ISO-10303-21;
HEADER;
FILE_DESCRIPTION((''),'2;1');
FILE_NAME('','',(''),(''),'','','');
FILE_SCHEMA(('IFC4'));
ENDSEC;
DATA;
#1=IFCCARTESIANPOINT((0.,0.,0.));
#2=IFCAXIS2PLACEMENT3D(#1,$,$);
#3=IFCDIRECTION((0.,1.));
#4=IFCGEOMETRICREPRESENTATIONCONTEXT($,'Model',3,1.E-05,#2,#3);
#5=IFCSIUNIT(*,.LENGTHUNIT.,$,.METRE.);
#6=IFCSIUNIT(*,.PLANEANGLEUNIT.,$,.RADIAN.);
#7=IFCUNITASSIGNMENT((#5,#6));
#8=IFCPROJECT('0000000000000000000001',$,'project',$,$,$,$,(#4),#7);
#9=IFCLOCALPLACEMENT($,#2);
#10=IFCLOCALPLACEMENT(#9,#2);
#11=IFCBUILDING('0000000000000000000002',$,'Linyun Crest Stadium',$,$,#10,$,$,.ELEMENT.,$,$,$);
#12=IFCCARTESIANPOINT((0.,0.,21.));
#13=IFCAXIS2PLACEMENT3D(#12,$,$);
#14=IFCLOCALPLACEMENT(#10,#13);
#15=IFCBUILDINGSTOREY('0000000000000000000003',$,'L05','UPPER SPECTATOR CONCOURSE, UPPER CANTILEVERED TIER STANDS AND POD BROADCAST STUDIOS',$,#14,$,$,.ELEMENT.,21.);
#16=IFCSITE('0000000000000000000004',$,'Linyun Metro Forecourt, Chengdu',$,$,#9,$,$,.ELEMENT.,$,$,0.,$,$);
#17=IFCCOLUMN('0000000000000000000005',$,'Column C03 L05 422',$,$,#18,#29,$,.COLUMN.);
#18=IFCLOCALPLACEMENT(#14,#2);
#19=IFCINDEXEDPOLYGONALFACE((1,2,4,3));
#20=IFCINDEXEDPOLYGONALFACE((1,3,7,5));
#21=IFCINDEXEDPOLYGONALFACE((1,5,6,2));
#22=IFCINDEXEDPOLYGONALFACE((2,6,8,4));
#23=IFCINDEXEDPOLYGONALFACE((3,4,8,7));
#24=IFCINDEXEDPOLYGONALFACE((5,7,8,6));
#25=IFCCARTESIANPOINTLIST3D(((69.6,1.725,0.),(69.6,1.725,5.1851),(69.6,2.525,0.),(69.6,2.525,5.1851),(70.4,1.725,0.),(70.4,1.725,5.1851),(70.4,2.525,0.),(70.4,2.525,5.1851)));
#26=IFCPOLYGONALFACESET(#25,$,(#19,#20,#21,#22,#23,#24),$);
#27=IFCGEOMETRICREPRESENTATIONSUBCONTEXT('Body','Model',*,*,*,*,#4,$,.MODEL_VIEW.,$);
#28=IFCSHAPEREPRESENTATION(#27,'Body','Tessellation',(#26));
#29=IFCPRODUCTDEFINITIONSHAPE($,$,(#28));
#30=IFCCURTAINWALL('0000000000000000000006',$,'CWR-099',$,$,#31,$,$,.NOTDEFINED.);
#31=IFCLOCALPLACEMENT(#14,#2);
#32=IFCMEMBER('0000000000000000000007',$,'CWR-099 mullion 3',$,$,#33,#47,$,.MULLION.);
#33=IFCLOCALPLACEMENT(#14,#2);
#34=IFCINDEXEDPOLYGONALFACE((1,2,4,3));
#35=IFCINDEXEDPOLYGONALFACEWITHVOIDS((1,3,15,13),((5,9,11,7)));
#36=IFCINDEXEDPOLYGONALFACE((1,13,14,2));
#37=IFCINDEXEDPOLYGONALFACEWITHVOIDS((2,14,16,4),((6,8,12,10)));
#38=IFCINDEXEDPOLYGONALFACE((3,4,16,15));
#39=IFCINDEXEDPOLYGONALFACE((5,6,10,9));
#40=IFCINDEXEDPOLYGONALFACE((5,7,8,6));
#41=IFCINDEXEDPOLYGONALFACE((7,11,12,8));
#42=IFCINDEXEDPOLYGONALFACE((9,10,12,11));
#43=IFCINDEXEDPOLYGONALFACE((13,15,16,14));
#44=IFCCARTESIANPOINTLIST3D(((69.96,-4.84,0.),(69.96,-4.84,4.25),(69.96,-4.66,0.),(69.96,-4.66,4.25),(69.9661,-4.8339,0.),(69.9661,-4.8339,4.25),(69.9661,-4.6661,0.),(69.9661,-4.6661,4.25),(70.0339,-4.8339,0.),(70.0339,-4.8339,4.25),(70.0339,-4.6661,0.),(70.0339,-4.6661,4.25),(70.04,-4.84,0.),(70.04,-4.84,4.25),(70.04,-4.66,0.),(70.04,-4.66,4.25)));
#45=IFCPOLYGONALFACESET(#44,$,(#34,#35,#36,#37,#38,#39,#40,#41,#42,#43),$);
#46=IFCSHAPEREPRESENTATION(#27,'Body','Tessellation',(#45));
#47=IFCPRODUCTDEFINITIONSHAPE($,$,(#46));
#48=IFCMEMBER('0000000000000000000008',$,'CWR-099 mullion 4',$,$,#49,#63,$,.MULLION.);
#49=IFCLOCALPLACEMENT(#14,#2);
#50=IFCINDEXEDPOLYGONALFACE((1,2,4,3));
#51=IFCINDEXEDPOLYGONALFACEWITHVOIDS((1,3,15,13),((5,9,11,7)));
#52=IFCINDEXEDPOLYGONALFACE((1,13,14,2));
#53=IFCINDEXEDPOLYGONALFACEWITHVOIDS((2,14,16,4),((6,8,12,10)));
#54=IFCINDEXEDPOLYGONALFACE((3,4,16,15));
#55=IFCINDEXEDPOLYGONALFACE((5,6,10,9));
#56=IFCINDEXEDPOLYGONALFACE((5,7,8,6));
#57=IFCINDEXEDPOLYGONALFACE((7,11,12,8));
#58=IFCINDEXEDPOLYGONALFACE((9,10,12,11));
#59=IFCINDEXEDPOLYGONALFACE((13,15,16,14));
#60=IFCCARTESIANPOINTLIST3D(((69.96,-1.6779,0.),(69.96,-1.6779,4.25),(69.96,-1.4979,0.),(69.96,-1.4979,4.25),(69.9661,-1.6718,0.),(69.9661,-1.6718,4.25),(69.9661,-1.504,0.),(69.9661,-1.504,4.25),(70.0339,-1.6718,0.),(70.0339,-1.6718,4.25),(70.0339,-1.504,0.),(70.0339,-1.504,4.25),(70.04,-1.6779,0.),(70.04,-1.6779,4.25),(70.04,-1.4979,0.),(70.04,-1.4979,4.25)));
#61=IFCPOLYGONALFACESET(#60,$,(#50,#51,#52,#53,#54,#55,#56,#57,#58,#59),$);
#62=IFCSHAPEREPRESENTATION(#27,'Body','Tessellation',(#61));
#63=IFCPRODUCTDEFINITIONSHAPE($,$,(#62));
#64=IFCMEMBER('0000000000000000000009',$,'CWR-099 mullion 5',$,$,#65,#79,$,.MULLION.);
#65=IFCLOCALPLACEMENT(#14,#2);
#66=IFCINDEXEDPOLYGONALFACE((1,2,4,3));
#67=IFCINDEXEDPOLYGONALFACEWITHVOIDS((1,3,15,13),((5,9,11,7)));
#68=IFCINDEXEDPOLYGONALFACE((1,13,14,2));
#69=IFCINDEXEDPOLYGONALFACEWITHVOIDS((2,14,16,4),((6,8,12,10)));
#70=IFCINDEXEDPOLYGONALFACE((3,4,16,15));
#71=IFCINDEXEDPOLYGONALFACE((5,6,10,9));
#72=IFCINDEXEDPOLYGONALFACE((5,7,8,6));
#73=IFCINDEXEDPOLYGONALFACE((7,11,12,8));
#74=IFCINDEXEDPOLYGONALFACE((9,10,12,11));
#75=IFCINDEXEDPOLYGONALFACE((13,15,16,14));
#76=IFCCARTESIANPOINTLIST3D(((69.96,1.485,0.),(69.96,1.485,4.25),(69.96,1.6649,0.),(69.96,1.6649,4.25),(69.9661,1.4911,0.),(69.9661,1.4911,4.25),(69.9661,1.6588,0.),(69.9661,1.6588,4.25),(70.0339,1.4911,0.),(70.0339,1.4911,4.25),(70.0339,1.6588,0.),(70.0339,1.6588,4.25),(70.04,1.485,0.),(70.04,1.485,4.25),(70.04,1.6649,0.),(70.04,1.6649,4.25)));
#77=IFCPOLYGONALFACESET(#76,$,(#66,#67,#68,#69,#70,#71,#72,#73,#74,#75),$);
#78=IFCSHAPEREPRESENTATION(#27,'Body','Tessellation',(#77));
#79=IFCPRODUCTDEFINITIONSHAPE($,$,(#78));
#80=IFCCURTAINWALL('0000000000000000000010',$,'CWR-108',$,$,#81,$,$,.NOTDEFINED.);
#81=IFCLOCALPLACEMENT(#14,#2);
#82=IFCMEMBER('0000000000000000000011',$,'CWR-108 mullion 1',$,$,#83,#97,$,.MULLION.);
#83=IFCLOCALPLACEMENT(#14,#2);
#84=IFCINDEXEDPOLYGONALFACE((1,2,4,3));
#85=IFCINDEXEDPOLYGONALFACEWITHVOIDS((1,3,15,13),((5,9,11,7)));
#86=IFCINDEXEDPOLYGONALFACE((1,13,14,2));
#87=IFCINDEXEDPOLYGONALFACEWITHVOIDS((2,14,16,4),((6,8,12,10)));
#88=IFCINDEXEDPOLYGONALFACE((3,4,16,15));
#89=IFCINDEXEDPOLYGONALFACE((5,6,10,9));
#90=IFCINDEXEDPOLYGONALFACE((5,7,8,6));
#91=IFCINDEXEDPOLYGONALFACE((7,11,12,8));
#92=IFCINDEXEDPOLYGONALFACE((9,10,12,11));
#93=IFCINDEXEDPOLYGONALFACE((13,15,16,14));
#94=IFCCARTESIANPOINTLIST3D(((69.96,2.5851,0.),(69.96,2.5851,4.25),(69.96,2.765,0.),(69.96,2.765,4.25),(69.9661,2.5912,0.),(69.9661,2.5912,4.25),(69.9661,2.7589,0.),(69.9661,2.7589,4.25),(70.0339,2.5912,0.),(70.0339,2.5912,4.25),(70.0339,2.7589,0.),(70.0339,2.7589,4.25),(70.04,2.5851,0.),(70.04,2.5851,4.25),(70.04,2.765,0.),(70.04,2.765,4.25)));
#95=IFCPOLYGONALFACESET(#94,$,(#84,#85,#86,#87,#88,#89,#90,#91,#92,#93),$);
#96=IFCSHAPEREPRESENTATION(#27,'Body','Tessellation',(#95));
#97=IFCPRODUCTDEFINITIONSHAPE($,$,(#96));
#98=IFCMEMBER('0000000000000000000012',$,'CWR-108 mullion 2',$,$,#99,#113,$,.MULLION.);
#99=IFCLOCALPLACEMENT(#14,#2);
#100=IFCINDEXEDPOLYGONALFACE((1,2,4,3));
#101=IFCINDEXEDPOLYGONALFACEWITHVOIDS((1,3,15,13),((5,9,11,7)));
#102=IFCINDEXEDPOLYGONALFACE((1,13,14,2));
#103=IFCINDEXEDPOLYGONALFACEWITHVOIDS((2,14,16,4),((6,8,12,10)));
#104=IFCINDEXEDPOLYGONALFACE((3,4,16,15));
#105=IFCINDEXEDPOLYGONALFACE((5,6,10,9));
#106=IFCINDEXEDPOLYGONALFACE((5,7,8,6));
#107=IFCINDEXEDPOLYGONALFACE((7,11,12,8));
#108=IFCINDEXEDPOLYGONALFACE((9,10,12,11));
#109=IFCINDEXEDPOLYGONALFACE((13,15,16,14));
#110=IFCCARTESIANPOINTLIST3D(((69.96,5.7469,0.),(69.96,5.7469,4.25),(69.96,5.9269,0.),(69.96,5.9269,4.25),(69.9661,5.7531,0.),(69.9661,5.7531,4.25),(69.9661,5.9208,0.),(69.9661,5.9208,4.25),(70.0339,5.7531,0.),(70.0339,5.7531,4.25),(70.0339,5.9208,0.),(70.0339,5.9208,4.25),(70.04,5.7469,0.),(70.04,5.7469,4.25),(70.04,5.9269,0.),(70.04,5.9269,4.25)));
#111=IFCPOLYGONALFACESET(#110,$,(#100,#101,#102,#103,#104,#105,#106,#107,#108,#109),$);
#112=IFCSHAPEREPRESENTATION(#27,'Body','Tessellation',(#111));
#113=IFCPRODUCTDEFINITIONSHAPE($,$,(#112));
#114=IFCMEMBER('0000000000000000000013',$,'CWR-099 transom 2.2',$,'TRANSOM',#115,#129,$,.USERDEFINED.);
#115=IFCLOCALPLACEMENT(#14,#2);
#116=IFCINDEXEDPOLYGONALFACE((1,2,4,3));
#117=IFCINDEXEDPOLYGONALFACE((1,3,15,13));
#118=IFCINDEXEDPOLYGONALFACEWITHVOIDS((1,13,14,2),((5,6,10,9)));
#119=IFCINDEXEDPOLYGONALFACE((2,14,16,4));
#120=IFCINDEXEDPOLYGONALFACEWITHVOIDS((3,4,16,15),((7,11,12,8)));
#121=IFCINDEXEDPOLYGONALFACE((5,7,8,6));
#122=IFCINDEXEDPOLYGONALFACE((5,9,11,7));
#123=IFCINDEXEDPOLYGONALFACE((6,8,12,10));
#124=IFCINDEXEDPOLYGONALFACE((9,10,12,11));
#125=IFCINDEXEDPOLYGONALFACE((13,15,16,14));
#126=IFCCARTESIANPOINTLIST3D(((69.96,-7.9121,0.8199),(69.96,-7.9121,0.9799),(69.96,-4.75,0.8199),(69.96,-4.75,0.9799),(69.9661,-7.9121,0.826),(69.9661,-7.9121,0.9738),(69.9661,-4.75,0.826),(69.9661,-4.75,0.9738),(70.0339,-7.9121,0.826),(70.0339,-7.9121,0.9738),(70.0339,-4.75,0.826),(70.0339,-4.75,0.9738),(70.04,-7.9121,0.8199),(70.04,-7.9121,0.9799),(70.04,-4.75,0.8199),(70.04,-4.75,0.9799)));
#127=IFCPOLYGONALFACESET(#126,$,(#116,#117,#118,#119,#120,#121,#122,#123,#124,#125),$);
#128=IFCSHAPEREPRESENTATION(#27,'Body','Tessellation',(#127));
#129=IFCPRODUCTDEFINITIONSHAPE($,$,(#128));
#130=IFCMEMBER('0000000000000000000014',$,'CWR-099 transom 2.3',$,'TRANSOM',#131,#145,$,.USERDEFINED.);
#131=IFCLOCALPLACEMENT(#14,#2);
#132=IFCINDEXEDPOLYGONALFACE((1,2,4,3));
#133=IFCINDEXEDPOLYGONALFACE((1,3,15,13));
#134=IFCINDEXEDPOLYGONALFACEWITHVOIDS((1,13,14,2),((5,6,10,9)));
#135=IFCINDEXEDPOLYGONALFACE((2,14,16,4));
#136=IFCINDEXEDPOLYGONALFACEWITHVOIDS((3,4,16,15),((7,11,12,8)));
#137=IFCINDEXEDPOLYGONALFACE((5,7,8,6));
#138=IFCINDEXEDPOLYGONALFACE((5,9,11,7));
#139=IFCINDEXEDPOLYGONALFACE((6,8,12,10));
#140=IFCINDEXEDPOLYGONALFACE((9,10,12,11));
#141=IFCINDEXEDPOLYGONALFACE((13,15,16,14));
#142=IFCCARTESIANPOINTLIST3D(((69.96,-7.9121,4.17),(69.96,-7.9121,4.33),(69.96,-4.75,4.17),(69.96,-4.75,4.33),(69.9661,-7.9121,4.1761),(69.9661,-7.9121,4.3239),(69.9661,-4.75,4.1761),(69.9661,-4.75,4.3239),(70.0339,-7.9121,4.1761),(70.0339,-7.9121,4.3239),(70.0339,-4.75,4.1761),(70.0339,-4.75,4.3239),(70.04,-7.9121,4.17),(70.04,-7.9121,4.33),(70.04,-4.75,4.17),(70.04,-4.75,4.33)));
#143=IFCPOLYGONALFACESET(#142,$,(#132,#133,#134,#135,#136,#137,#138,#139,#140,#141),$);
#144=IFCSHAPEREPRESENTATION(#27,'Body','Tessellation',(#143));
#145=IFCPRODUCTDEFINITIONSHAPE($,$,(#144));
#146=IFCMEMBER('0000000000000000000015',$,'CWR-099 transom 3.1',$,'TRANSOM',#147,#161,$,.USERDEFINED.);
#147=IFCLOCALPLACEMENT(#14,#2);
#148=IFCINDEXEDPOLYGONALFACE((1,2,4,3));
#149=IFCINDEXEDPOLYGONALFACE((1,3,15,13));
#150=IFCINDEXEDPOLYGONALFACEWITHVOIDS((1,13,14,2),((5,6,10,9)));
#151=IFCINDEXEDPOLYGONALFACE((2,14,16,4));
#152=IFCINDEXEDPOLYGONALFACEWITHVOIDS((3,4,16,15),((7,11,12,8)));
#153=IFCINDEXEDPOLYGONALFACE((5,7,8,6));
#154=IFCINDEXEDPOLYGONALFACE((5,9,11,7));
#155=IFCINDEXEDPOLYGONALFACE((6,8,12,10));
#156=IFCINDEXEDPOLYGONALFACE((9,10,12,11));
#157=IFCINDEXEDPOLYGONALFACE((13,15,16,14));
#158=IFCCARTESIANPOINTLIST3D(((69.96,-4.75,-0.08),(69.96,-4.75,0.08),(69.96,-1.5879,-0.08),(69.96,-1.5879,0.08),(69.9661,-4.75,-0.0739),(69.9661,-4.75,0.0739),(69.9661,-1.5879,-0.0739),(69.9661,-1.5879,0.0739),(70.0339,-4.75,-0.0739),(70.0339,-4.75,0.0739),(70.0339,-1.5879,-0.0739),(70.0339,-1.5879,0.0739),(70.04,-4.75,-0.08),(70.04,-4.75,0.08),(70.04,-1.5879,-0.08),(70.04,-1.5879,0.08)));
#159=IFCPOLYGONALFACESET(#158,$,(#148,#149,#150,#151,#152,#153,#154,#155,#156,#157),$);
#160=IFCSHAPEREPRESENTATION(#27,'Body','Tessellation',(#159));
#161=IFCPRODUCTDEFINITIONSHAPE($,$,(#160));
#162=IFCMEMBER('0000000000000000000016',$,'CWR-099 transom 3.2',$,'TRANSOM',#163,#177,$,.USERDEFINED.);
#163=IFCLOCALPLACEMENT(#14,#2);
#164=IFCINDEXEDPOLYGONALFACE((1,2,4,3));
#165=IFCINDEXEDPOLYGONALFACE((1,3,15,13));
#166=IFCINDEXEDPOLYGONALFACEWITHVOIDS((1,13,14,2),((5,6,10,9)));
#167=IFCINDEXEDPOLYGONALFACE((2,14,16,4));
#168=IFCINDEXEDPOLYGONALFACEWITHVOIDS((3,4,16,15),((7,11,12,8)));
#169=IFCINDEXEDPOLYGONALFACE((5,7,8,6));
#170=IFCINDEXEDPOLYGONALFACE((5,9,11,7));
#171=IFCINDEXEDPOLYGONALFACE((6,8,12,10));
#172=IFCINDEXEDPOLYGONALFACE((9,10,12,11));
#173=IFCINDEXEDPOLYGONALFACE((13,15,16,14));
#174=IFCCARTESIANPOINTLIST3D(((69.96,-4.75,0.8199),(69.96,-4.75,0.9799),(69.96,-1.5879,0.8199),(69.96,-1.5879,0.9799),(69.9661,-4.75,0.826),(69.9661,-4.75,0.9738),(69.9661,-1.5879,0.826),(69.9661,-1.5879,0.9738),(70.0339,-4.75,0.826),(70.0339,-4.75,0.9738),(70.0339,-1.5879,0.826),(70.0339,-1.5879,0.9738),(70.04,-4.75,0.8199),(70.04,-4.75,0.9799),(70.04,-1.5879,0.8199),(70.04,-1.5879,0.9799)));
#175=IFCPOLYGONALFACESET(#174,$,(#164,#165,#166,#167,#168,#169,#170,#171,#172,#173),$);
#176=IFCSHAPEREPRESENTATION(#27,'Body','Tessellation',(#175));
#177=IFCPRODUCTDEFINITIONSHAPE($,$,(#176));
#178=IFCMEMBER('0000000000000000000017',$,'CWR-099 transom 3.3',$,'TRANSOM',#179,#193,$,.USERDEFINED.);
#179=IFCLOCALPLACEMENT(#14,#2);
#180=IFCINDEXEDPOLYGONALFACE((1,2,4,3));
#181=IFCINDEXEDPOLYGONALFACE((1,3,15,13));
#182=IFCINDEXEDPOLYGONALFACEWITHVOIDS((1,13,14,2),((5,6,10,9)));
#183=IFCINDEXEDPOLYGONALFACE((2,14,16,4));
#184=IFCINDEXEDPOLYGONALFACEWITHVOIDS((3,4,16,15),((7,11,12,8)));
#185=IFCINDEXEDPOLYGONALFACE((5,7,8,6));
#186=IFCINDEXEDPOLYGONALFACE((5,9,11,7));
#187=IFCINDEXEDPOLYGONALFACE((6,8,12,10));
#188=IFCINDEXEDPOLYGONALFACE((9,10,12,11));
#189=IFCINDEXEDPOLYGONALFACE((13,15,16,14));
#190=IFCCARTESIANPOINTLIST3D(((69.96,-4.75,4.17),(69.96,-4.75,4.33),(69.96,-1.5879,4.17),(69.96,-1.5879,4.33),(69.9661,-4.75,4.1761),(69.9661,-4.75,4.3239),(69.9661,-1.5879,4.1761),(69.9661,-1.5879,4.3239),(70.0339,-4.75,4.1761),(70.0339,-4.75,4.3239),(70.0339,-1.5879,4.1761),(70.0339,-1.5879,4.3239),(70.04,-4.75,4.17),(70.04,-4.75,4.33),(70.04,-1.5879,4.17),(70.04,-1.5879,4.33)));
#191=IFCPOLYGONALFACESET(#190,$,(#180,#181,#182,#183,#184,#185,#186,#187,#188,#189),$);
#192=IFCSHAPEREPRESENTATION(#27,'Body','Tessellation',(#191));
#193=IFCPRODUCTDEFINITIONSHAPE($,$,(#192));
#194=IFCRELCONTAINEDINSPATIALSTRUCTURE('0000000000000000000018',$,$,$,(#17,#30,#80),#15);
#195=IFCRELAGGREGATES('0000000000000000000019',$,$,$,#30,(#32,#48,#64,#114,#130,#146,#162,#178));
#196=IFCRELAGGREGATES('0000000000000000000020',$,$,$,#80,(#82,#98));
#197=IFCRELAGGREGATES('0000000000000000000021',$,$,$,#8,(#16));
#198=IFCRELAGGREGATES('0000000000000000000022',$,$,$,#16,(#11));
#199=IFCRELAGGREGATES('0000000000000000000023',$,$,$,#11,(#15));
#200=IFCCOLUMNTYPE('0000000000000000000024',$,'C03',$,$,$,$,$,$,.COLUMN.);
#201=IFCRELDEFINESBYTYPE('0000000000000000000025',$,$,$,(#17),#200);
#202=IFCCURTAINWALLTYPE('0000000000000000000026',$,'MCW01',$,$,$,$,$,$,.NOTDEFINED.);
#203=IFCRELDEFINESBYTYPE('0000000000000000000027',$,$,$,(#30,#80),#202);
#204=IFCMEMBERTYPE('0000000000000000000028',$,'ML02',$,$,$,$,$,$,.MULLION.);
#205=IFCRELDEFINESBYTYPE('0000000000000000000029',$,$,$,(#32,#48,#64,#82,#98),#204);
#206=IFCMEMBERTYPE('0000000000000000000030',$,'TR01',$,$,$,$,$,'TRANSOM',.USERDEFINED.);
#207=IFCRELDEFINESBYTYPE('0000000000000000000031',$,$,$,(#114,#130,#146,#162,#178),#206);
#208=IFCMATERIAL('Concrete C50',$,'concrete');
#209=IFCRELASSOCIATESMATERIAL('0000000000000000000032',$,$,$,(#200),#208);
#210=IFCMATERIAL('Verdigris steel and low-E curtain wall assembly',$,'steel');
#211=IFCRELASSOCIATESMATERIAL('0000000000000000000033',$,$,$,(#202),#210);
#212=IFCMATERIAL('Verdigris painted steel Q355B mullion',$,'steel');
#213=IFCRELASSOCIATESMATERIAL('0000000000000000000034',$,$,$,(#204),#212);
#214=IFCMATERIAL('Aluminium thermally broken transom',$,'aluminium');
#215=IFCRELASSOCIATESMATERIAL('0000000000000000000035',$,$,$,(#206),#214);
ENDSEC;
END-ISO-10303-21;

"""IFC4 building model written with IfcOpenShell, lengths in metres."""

from ifc_helpers import new_model, si_unit, direction, frame, origin, origin_2d, place, context, subcontext, project, spatial, rectangle, hollow_rectangle, extrude, material, material_profile, profile_set, type_object, element, aggregate, save


model = new_model("IFC4")

# Units and contexts
model_context = context("Model", 3, precision=1e-05, world=origin(), true_north=direction((0.0, 1.0)))
body_context = subcontext(model_context, "Body", "Model", "MODEL_VIEW")
ifc_project = project(units=[si_unit("LENGTHUNIT", "METRE"), si_unit("PLANEANGLEUNIT", "RADIAN")], contexts=[model_context])

# Site, building, storey
site_placement = place(None, origin())
site = spatial("IfcSite", under=ifc_project, at=site_placement, Name="Linyun Metro Forecourt, Chengdu", CompositionType="ELEMENT", RefElevation=0.0)
building_placement = place(site_placement, origin())
building = spatial("IfcBuilding", under=site, at=building_placement, Name="Linyun Crest Stadium", CompositionType="ELEMENT")
storey_placement = place(building_placement, frame((0.0, 0.0, 21.0)))
storey = spatial("IfcBuildingStorey", under=building, at=storey_placement, Name="L05", Description="UPPER SPECTATOR CONCOURSE, UPPER CANTILEVERED TIER STANDS AND POD BROADCAST STUDIOS", CompositionType="ELEMENT", Elevation=21.0)

# Column
ifc_material_1 = material(Name="Concrete C50", Category="concrete")
ifc_material_profile_1 = material_profile(ifc_material_1, rectangle(XDim=0.8, YDim=0.8, at=origin_2d()), Name="RC 800x800")
ifc_profile_set_1 = profile_set([ifc_material_profile_1], Name="Concrete C50")
column_type = type_object("IfcColumnType", Name="C03", PredefinedType="COLUMN", material=ifc_profile_set_1)
column_placement = place(storey_placement, frame((70.0, 2.125, 0.0), z_axis=(0.0, 0.0, 1.0), x_axis=(1.0, 0.0, 0.0)))
element("IfcColumn", 1, at=column_placement, inside=storey, type_object=column_type, Name="Column C03 L05 422", PredefinedType="COLUMN", context=body_context, shape_type="SweptSolid", body=[
    extrude(rectangle(XDim=0.8, YDim=0.8, at=origin_2d()), origin(), (0.0, 0.0, 1.0), 5.1851),
])

# Curtain walls, members
ifc_material_2 = material(Name="Verdigris steel and low-E curtain wall assembly", Category="steel")
curtain_wall_type = type_object("IfcCurtainWallType", Name="MCW01", PredefinedType="NOTDEFINED", material=ifc_material_2)
curtain_wall_1_placement = place(storey_placement, origin())
curtain_wall_1 = element("IfcCurtainWall", 2, at=curtain_wall_1_placement, inside=storey, type_object=curtain_wall_type, Name="CWR-099", PredefinedType="NOTDEFINED")
ifc_material_3 = material(Name="Verdigris painted steel Q355B mullion", Category="steel")
ifc_material_profile_2 = material_profile(ifc_material_3, hollow_rectangle(XDim=0.0801, YDim=0.1799, WallThickness=0.0061, at=origin_2d()), Name="RHS 180x80x6")
ifc_profile_set_2 = profile_set([ifc_material_profile_2], Name="Verdigris painted steel Q355B mullion")
member_type_1 = type_object("IfcMemberType", Name="ML02", PredefinedType="MULLION", material=ifc_profile_set_2)
member_1_placement = place(storey_placement, frame((70.0, -4.75, 0.0), z_axis=(0.0, 0.0, 1.0), x_axis=(-1.0, 0.0, 0.0)))
member_1 = element("IfcMember", 3, at=member_1_placement, type_object=member_type_1, Name="CWR-099 mullion 3", PredefinedType="MULLION", context=body_context, shape_type="SweptSolid", body=[
    extrude(hollow_rectangle(XDim=0.0801, YDim=0.1799, WallThickness=0.0061, at=origin_2d()), origin(), (0.0, 0.0, 1.0), 4.25),
])
member_2_placement = place(storey_placement, frame((70.0, -1.5879, 0.0), z_axis=(0.0, 0.0, 1.0), x_axis=(-1.0, 0.0, 0.0)))
member_2 = element("IfcMember", 4, at=member_2_placement, type_object=member_type_1, Name="CWR-099 mullion 4", PredefinedType="MULLION", context=body_context, shape_type="SweptSolid", body=[
    extrude(hollow_rectangle(XDim=0.0801, YDim=0.1799, WallThickness=0.0061, at=origin_2d()), origin(), (0.0, 0.0, 1.0), 4.25),
])
member_3_placement = place(storey_placement, frame((70.0, 1.575, 0.0), z_axis=(0.0, 0.0, 1.0), x_axis=(-1.0, 0.0, 0.0)))
member_3 = element("IfcMember", 5, at=member_3_placement, type_object=member_type_1, Name="CWR-099 mullion 5", PredefinedType="MULLION", context=body_context, shape_type="SweptSolid", body=[
    extrude(hollow_rectangle(XDim=0.0801, YDim=0.1799, WallThickness=0.0061, at=origin_2d()), origin(), (0.0, 0.0, 1.0), 4.25),
])
curtain_wall_2_placement = place(storey_placement, origin())
curtain_wall_2 = element("IfcCurtainWall", 6, at=curtain_wall_2_placement, inside=storey, type_object=curtain_wall_type, Name="CWR-108", PredefinedType="NOTDEFINED")
member_4_placement = place(storey_placement, frame((70.0, 2.675, 0.0), z_axis=(0.0, 0.0, 1.0), x_axis=(-1.0, 0.0, 0.0)))
member_4 = element("IfcMember", 7, at=member_4_placement, type_object=member_type_1, Name="CWR-108 mullion 1", PredefinedType="MULLION", context=body_context, shape_type="SweptSolid", body=[
    extrude(hollow_rectangle(XDim=0.0801, YDim=0.1799, WallThickness=0.0061, at=origin_2d()), origin(), (0.0, 0.0, 1.0), 4.25),
])
member_5_placement = place(storey_placement, frame((70.0, 5.8369, 0.0), z_axis=(0.0, 0.0, 1.0), x_axis=(-1.0, 0.0, 0.0)))
member_5 = element("IfcMember", 8, at=member_5_placement, type_object=member_type_1, Name="CWR-108 mullion 2", PredefinedType="MULLION", context=body_context, shape_type="SweptSolid", body=[
    extrude(hollow_rectangle(XDim=0.0801, YDim=0.1799, WallThickness=0.0061, at=origin_2d()), origin(), (0.0, 0.0, 1.0), 4.25),
])

# Members
ifc_material_4 = material(Name="Aluminium thermally broken transom", Category="aluminium")
ifc_material_profile_3 = material_profile(ifc_material_4, hollow_rectangle(XDim=0.0801, YDim=0.1599, WallThickness=0.0061, at=origin_2d()), Name="RHS 160x80x6")
ifc_profile_set_3 = profile_set([ifc_material_profile_3], Name="Aluminium thermally broken transom")
member_type_2 = type_object("IfcMemberType", Name="TR01", ElementType="TRANSOM", PredefinedType="USERDEFINED", material=ifc_profile_set_3)
member_6_placement = place(storey_placement, frame((70.0, -7.9121, 0.8999), z_axis=(0.0, 1.0, 0.0), x_axis=(-1.0, 0.0, 0.0)))
member_6 = element("IfcMember", 9, at=member_6_placement, type_object=member_type_2, Name="CWR-099 transom 2.2", ObjectType="TRANSOM", PredefinedType="USERDEFINED", context=body_context, shape_type="SweptSolid", body=[
    extrude(hollow_rectangle(XDim=0.0801, YDim=0.1599, WallThickness=0.0061, at=origin_2d()), origin(), (0.0, 0.0, 1.0), 3.1621),
])
member_7_placement = place(storey_placement, frame((70.0, -7.9121, 4.25), z_axis=(0.0, 1.0, 0.0), x_axis=(-1.0, 0.0, 0.0)))
member_7 = element("IfcMember", 10, at=member_7_placement, type_object=member_type_2, Name="CWR-099 transom 2.3", ObjectType="TRANSOM", PredefinedType="USERDEFINED", context=body_context, shape_type="SweptSolid", body=[
    extrude(hollow_rectangle(XDim=0.0801, YDim=0.1599, WallThickness=0.0061, at=origin_2d()), origin(), (0.0, 0.0, 1.0), 3.1621),
])
member_8_placement = place(storey_placement, frame((70.0, -4.75, 0.0), z_axis=(0.0, 1.0, 0.0), x_axis=(-1.0, 0.0, 0.0)))
member_8 = element("IfcMember", 11, at=member_8_placement, type_object=member_type_2, Name="CWR-099 transom 3.1", ObjectType="TRANSOM", PredefinedType="USERDEFINED", context=body_context, shape_type="SweptSolid", body=[
    extrude(hollow_rectangle(XDim=0.0801, YDim=0.1599, WallThickness=0.0061, at=origin_2d()), origin(), (0.0, 0.0, 1.0), 3.1621),
])
member_9_placement = place(storey_placement, frame((70.0, -4.75, 0.8999), z_axis=(0.0, 1.0, 0.0), x_axis=(-1.0, 0.0, 0.0)))
member_9 = element("IfcMember", 12, at=member_9_placement, type_object=member_type_2, Name="CWR-099 transom 3.2", ObjectType="TRANSOM", PredefinedType="USERDEFINED", context=body_context, shape_type="SweptSolid", body=[
    extrude(hollow_rectangle(XDim=0.0801, YDim=0.1599, WallThickness=0.0061, at=origin_2d()), origin(), (0.0, 0.0, 1.0), 3.1621),
])
member_10_placement = place(storey_placement, frame((70.0, -4.75, 4.25), z_axis=(0.0, 1.0, 0.0), x_axis=(-1.0, 0.0, 0.0)))
member_10 = element("IfcMember", 13, at=member_10_placement, type_object=member_type_2, Name="CWR-099 transom 3.3", ObjectType="TRANSOM", PredefinedType="USERDEFINED", context=body_context, shape_type="SweptSolid", body=[
    extrude(hollow_rectangle(XDim=0.0801, YDim=0.1599, WallThickness=0.0061, at=origin_2d()), origin(), (0.0, 0.0, 1.0), 3.1621),
])

aggregate(curtain_wall_1, [member_1, member_2, member_3, member_6, member_7, member_8, member_9, member_10])
aggregate(curtain_wall_2, [member_4, member_5])

save(model, "model.ifc")
